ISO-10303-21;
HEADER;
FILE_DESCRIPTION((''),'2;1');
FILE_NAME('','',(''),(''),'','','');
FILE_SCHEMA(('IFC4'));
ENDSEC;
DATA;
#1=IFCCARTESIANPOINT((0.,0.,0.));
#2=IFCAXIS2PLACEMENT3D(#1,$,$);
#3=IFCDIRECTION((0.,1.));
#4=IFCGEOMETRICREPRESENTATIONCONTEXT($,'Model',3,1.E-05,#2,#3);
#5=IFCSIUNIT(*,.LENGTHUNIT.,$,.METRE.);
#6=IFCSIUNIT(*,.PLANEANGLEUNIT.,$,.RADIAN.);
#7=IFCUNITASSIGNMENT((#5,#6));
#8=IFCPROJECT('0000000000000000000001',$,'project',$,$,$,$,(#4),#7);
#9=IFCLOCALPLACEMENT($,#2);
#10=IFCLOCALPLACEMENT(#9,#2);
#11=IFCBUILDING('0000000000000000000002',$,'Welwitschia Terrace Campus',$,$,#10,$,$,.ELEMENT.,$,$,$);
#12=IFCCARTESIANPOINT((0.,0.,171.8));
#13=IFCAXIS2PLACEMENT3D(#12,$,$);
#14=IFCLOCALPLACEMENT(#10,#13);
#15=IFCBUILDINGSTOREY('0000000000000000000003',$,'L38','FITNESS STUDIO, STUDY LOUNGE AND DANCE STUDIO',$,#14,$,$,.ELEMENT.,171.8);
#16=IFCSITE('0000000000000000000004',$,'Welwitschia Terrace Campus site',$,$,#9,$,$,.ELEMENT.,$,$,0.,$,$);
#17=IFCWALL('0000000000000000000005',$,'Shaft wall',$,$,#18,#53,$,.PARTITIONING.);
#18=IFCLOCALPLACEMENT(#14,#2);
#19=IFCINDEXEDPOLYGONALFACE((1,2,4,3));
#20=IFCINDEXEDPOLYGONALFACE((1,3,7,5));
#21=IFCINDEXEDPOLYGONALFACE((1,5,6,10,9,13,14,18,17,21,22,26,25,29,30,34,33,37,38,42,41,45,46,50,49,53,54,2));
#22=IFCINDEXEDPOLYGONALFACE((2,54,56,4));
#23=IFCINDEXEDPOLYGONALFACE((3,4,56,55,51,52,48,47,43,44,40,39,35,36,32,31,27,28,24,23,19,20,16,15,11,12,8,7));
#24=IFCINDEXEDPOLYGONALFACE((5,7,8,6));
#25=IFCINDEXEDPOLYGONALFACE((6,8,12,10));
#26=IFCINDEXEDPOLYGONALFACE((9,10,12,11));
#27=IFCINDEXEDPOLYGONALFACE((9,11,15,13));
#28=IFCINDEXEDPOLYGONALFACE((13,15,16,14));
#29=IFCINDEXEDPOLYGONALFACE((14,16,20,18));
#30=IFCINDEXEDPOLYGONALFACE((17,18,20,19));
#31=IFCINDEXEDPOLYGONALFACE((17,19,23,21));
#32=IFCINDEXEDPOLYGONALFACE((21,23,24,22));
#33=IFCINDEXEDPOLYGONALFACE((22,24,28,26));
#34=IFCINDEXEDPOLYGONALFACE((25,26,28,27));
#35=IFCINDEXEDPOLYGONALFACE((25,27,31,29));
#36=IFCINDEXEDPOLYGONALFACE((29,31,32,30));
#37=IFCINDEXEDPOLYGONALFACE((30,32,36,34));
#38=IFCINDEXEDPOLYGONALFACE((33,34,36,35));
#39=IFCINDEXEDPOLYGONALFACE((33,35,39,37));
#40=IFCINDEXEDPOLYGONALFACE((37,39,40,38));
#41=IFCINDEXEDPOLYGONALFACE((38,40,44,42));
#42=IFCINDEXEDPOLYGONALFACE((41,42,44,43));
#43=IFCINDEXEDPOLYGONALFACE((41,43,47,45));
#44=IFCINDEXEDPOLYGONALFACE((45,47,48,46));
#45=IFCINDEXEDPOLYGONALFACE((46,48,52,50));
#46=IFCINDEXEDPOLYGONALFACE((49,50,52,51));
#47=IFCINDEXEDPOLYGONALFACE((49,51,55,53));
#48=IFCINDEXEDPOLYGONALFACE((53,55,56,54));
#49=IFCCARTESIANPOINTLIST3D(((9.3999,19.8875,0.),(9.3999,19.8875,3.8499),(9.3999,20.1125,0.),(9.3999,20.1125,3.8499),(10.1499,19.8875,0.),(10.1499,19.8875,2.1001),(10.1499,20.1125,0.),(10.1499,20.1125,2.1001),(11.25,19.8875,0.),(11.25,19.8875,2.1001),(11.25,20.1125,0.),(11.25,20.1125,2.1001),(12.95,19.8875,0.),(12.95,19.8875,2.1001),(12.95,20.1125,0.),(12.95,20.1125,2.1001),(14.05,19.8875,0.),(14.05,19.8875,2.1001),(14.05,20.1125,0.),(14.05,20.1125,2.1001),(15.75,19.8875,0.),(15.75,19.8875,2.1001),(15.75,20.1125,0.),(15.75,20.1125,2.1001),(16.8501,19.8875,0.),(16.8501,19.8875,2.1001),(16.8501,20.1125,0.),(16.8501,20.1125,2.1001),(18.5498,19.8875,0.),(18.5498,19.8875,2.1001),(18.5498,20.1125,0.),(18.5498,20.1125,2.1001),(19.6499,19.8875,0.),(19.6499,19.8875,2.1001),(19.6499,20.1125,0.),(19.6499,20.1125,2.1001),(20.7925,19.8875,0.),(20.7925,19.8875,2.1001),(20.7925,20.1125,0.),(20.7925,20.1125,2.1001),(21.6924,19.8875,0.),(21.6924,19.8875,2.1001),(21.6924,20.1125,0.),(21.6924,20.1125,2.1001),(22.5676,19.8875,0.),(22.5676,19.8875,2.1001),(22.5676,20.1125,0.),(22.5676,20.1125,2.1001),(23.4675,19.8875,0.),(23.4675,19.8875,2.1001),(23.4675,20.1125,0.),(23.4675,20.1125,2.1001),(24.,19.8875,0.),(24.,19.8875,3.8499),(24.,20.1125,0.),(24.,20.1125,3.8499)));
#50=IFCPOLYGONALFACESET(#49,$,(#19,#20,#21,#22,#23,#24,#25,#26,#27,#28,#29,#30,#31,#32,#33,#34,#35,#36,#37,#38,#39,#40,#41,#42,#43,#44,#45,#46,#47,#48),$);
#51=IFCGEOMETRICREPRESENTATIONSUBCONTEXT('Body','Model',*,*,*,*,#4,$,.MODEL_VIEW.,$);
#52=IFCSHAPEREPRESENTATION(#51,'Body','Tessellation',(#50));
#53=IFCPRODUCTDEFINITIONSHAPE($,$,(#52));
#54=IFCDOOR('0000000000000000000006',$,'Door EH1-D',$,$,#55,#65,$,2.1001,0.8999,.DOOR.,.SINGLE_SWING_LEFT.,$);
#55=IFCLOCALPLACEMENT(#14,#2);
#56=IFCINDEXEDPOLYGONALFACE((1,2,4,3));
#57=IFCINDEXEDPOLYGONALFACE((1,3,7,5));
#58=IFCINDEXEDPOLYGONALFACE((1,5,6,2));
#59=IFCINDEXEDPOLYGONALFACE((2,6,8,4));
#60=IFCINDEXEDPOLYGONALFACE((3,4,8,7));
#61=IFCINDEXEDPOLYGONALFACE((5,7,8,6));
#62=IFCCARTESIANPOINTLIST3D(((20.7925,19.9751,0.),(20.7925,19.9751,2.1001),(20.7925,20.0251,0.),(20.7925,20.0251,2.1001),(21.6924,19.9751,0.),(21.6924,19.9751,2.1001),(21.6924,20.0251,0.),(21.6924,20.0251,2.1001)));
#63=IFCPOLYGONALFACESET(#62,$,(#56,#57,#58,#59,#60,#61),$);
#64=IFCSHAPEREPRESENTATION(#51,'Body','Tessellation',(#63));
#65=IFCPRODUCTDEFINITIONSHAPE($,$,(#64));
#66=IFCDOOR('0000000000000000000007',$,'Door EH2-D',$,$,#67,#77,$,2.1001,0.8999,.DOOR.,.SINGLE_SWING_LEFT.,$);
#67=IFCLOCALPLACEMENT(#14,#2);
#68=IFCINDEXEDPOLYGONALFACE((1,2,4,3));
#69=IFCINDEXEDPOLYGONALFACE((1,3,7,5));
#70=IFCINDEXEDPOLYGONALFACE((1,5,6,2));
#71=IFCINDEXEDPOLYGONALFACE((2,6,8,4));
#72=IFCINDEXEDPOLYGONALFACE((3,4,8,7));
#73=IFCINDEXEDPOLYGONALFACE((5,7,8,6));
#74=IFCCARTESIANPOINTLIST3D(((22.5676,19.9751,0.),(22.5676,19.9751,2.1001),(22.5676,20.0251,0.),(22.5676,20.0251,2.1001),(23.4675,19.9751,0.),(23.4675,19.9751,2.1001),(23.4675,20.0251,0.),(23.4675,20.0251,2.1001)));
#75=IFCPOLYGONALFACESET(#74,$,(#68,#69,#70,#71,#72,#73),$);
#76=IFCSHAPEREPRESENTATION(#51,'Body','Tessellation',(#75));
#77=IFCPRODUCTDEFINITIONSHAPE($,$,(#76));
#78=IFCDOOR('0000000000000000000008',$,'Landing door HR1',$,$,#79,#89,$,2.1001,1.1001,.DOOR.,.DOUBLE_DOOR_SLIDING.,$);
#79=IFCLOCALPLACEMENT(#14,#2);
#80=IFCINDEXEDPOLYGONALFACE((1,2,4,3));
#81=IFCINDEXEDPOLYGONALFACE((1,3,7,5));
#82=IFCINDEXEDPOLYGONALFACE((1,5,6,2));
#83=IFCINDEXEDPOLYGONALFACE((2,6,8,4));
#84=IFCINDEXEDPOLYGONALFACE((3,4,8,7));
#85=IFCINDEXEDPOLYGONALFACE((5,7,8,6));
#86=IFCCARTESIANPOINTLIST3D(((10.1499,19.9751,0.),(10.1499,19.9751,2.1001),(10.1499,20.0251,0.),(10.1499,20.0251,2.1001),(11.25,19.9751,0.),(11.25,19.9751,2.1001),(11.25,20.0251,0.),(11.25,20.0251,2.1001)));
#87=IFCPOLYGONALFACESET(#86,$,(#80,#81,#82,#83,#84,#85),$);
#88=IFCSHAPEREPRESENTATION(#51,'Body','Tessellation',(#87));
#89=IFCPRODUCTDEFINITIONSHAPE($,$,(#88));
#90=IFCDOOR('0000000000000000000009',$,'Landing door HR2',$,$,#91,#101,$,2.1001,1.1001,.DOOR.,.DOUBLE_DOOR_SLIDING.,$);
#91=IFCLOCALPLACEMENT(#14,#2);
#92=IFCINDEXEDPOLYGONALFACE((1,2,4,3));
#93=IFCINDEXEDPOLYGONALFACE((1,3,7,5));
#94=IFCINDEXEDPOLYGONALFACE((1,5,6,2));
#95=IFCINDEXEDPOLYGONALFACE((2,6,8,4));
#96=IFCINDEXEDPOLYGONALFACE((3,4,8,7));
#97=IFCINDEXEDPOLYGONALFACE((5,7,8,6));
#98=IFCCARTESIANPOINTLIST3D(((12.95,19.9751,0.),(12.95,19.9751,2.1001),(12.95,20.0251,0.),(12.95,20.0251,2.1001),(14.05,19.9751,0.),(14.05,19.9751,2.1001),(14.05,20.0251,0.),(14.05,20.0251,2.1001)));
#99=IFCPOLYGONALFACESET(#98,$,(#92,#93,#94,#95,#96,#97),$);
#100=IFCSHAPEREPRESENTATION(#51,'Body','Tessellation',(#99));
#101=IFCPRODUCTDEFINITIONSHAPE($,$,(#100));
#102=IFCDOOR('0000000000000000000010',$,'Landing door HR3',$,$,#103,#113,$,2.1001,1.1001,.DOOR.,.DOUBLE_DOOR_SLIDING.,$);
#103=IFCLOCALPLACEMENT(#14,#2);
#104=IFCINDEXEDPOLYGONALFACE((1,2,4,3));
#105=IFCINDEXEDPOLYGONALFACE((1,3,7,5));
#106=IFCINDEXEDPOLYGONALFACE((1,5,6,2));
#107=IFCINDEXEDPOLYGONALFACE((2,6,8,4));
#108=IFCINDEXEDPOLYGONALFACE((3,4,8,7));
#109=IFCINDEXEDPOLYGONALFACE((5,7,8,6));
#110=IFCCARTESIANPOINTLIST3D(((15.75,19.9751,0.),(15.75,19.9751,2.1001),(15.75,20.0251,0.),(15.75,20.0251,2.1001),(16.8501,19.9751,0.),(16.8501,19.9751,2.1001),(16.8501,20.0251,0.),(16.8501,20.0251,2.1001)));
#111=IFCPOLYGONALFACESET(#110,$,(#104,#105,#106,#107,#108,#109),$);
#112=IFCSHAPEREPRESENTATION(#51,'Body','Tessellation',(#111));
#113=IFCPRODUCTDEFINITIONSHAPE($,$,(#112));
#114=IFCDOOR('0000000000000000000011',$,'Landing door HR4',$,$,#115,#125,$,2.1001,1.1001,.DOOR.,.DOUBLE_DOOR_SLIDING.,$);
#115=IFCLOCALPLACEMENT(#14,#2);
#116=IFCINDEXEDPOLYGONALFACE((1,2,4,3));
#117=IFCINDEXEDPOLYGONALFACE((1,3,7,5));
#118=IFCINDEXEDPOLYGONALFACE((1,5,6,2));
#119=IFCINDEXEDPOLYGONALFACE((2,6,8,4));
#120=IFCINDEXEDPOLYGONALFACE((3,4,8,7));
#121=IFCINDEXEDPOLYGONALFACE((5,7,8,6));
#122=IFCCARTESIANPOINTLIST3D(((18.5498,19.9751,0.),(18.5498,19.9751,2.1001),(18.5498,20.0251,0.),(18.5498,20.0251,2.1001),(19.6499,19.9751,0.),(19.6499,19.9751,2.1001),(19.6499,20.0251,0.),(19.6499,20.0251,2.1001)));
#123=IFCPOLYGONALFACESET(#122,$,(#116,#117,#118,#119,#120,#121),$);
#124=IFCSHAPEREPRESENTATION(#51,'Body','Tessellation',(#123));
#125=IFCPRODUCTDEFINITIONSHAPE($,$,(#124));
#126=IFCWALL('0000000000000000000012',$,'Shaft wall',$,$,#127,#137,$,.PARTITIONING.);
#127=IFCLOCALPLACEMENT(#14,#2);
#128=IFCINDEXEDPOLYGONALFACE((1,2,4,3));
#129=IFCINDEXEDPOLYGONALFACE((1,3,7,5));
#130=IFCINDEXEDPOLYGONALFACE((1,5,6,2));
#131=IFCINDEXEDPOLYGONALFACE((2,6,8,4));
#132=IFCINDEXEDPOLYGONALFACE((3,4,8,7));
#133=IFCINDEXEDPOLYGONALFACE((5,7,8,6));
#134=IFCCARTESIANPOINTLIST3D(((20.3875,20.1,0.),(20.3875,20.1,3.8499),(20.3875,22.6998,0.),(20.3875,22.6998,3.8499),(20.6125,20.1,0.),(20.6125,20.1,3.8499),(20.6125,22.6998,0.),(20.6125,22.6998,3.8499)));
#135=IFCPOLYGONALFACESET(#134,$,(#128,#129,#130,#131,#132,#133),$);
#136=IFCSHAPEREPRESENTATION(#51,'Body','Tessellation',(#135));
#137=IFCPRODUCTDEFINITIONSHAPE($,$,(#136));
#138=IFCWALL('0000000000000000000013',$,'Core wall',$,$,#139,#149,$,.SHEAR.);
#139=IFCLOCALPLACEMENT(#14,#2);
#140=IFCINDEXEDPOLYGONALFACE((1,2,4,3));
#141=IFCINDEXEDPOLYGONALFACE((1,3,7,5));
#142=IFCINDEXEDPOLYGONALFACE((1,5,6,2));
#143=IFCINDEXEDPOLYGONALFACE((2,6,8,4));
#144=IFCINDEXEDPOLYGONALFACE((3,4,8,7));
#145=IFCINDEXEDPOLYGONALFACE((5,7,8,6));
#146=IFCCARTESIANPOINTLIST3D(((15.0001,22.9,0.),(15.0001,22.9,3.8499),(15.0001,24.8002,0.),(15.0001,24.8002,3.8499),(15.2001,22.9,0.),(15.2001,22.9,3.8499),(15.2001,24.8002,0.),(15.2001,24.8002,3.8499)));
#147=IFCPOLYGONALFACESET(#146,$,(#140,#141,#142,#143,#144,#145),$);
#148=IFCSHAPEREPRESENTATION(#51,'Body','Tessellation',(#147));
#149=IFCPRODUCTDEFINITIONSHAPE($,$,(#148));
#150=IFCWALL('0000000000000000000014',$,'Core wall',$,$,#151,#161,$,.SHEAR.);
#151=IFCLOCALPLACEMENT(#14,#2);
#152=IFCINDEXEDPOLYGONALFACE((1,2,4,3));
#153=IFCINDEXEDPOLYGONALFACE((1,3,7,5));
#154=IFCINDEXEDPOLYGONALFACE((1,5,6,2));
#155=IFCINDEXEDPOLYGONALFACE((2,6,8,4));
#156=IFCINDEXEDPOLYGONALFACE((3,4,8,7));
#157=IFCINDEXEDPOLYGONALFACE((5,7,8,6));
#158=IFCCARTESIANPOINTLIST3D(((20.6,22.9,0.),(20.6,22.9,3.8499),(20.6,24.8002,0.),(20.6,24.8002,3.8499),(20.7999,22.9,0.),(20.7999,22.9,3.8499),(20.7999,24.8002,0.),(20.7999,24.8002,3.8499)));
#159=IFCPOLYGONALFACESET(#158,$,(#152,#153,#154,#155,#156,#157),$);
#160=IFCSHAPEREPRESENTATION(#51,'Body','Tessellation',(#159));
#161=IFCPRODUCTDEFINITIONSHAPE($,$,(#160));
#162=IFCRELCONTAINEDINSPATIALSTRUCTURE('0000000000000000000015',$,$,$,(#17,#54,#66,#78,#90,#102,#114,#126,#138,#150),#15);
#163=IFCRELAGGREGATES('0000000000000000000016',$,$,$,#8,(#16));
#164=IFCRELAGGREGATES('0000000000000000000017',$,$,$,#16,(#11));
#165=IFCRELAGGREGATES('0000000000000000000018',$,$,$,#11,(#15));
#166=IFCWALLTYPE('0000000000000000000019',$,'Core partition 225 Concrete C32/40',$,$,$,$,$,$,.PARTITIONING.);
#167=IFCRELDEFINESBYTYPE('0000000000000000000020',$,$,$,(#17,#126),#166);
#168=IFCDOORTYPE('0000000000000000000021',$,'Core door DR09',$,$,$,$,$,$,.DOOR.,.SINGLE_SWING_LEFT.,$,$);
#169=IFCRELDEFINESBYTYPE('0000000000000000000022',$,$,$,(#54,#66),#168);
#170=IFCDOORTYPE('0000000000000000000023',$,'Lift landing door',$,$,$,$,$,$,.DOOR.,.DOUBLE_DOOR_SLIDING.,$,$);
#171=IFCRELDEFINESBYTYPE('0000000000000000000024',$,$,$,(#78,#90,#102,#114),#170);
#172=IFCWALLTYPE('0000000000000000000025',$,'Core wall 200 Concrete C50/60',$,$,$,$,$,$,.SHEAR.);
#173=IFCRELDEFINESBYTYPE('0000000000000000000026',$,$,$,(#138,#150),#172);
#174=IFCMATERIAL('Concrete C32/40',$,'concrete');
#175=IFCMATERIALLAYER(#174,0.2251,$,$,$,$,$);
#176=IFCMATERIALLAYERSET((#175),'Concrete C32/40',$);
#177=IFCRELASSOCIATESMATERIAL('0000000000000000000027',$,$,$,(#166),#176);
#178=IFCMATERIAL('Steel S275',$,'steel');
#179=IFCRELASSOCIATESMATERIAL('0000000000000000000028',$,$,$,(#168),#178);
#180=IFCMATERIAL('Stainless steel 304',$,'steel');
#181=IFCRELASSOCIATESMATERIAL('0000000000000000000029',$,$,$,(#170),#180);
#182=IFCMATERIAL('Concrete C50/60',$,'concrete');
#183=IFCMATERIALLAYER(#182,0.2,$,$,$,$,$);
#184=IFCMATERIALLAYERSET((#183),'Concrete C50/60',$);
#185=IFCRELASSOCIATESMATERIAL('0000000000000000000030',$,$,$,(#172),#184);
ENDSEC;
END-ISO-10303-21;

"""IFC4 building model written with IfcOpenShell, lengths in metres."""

from ifc_helpers import new_model, si_unit, direction, frame, frame_2d, origin, place, context, subcontext, project, spatial, rectangle, extrude, material, layer, layer_set, type_object, element, fill, save


model = new_model("IFC4")

# Units and contexts
model_context = context("Model", 3, precision=1e-05, world=origin(), true_north=direction((0.0, 1.0)))
body_context = subcontext(model_context, "Body", "Model", "MODEL_VIEW")
ifc_project = project(units=[si_unit("LENGTHUNIT", "METRE"), si_unit("PLANEANGLEUNIT", "RADIAN")], contexts=[model_context])

# Site, building, storey
site_placement = place(None, origin())
site = spatial("IfcSite", under=ifc_project, at=site_placement, Name="Welwitschia Terrace Campus site", CompositionType="ELEMENT", RefElevation=0.0)
building_placement = place(site_placement, origin())
building = spatial("IfcBuilding", under=site, at=building_placement, Name="Welwitschia Terrace Campus", CompositionType="ELEMENT")
storey_placement = place(building_placement, frame((0.0, 0.0, 171.8)))
storey = spatial("IfcBuildingStorey", under=building, at=storey_placement, Name="L38", Description="FITNESS STUDIO, STUDY LOUNGE AND DANCE STUDIO", CompositionType="ELEMENT", Elevation=171.8)

# Wall, openings, doors
ifc_material_1 = material(Name="Concrete C32/40", Category="concrete")
ifc_layer_1 = layer(ifc_material_1, 0.2251)
ifc_layer_set_1 = layer_set([ifc_layer_1], Name="Concrete C32/40")
wall_type_1 = type_object("IfcWallType", Name="Core partition 225 Concrete C32/40", PredefinedType="PARTITIONING", material=ifc_layer_set_1)
wall_1_placement = place(storey_placement, frame((24.0, 20.0, 0.0), z_axis=(0.0, 0.0, 1.0), x_axis=(-1.0, 0.0, 0.0)))
wall_1 = element("IfcWall", 1, at=wall_1_placement, inside=storey, type_object=wall_type_1, Name="Shaft wall", PredefinedType="PARTITIONING", context=body_context, shape_type="SweptSolid", body=[
    extrude(rectangle(XDim=14.6001, YDim=0.2251, at=frame_2d((7.3, 0.0))), origin(), (0.0, 0.0, 1.0), 3.8499),
])
opening_1_placement = place(wall_1_placement, frame((12.75, 0.0, 0.0)))
opening_1 = element("IfcOpeningElement", 2, at=opening_1_placement, cuts=wall_1, PredefinedType="OPENING", context=body_context, shape_type="SweptSolid", body=[
    extrude(rectangle(XDim=1.1001, YDim=2.1001, at=frame_2d((0.55, 1.05))), frame((0.0, 0.1226, 0.0), z_axis=(0.0, -1.0, 0.0), x_axis=(1.0, 0.0, 0.0)), (0.0, 0.0, 1.0), 0.2451),
])
opening_2_placement = place(wall_1_placement, frame((9.95, 0.0, 0.0)))
opening_2 = element("IfcOpeningElement", 3, at=opening_2_placement, cuts=wall_1, PredefinedType="OPENING", context=body_context, shape_type="SweptSolid", body=[
    extrude(rectangle(XDim=1.1001, YDim=2.1001, at=frame_2d((0.55, 1.05))), frame((0.0, 0.1226, 0.0), z_axis=(0.0, -1.0, 0.0), x_axis=(1.0, 0.0, 0.0)), (0.0, 0.0, 1.0), 0.2451),
])
opening_3_placement = place(wall_1_placement, frame((7.1499, 0.0, 0.0)))
opening_3 = element("IfcOpeningElement", 4, at=opening_3_placement, cuts=wall_1, PredefinedType="OPENING", context=body_context, shape_type="SweptSolid", body=[
    extrude(rectangle(XDim=1.1001, YDim=2.1001, at=frame_2d((0.55, 1.05))), frame((0.0, 0.1226, 0.0), z_axis=(0.0, -1.0, 0.0), x_axis=(1.0, 0.0, 0.0)), (0.0, 0.0, 1.0), 0.2451),
])
opening_4_placement = place(wall_1_placement, frame((4.3501, 0.0, 0.0)))
opening_4 = element("IfcOpeningElement", 5, at=opening_4_placement, cuts=wall_1, PredefinedType="OPENING", context=body_context, shape_type="SweptSolid", body=[
    extrude(rectangle(XDim=1.1001, YDim=2.1001, at=frame_2d((0.55, 1.05))), frame((0.0, 0.1226, 0.0), z_axis=(0.0, -1.0, 0.0), x_axis=(1.0, 0.0, 0.0)), (0.0, 0.0, 1.0), 0.2451),
])
opening_5_placement = place(wall_1_placement, frame((2.3076, 0.0, 0.0)))
opening_5 = element("IfcOpeningElement", 6, at=opening_5_placement, cuts=wall_1, PredefinedType="OPENING", context=body_context, shape_type="SweptSolid", body=[
    extrude(rectangle(XDim=0.8999, YDim=2.1001, at=frame_2d((0.45, 1.05))), frame((0.0, 0.1226, 0.0), z_axis=(0.0, -1.0, 0.0), x_axis=(1.0, 0.0, 0.0)), (0.0, 0.0, 1.0), 0.2451),
])
opening_6_placement = place(wall_1_placement, frame((0.5325, 0.0, 0.0)))
opening_6 = element("IfcOpeningElement", 7, at=opening_6_placement, cuts=wall_1, PredefinedType="OPENING", context=body_context, shape_type="SweptSolid", body=[
    extrude(rectangle(XDim=0.8999, YDim=2.1001, at=frame_2d((0.45, 1.05))), frame((0.0, 0.1226, 0.0), z_axis=(0.0, -1.0, 0.0), x_axis=(1.0, 0.0, 0.0)), (0.0, 0.0, 1.0), 0.2451),
])
ifc_material_2 = material(Name="Steel S275", Category="steel")
door_type_1 = type_object("IfcDoorType", Name="Core door DR09", OperationType="SINGLE_SWING_LEFT", PredefinedType="DOOR", material=ifc_material_2)
door_1_placement = place(opening_5_placement, origin())
door_1 = element("IfcDoor", 8, at=door_1_placement, inside=storey, type_object=door_type_1, Name="Door EH1-D", OperationType="SINGLE_SWING_LEFT", OverallHeight=2.1001, OverallWidth=0.8999, PredefinedType="DOOR", context=body_context, shape_type="SweptSolid", body=[
    extrude(rectangle(XDim=0.8999, YDim=2.1001, at=frame_2d((0.45, 1.05))), frame((0.0, 0.0249, 0.0), z_axis=(0.0, -1.0, 0.0), x_axis=(1.0, 0.0, 0.0)), (0.0, 0.0, 1.0), 0.05),
])
fill(opening_5, door_1)
door_2_placement = place(opening_6_placement, origin())
door_2 = element("IfcDoor", 9, at=door_2_placement, inside=storey, type_object=door_type_1, Name="Door EH2-D", OperationType="SINGLE_SWING_LEFT", OverallHeight=2.1001, OverallWidth=0.8999, PredefinedType="DOOR", context=body_context, shape_type="SweptSolid", body=[
    extrude(rectangle(XDim=0.8999, YDim=2.1001, at=frame_2d((0.45, 1.05))), frame((0.0, 0.0249, 0.0), z_axis=(0.0, -1.0, 0.0), x_axis=(1.0, 0.0, 0.0)), (0.0, 0.0, 1.0), 0.05),
])
fill(opening_6, door_2)
ifc_material_3 = material(Name="Stainless steel 304", Category="steel")
door_type_2 = type_object("IfcDoorType", Name="Lift landing door", OperationType="DOUBLE_DOOR_SLIDING", PredefinedType="DOOR", material=ifc_material_3)
door_3_placement = place(opening_1_placement, origin())
door_3 = element("IfcDoor", 10, at=door_3_placement, inside=storey, type_object=door_type_2, Name="Landing door HR1", OperationType="DOUBLE_DOOR_SLIDING", OverallHeight=2.1001, OverallWidth=1.1001, PredefinedType="DOOR", context=body_context, shape_type="SweptSolid", body=[
    extrude(rectangle(XDim=1.1001, YDim=2.1001, at=frame_2d((0.55, 1.05))), frame((0.0, 0.0249, 0.0), z_axis=(0.0, -1.0, 0.0), x_axis=(1.0, 0.0, 0.0)), (0.0, 0.0, 1.0), 0.05),
])
fill(opening_1, door_3)
door_4_placement = place(opening_2_placement, origin())
door_4 = element("IfcDoor", 11, at=door_4_placement, inside=storey, type_object=door_type_2, Name="Landing door HR2", OperationType="DOUBLE_DOOR_SLIDING", OverallHeight=2.1001, OverallWidth=1.1001, PredefinedType="DOOR", context=body_context, shape_type="SweptSolid", body=[
    extrude(rectangle(XDim=1.1001, YDim=2.1001, at=frame_2d((0.55, 1.05))), frame((0.0, 0.0249, 0.0), z_axis=(0.0, -1.0, 0.0), x_axis=(1.0, 0.0, 0.0)), (0.0, 0.0, 1.0), 0.05),
])
fill(opening_2, door_4)
door_5_placement = place(opening_3_placement, origin())
door_5 = element("IfcDoor", 12, at=door_5_placement, inside=storey, type_object=door_type_2, Name="Landing door HR3", OperationType="DOUBLE_DOOR_SLIDING", OverallHeight=2.1001, OverallWidth=1.1001, PredefinedType="DOOR", context=body_context, shape_type="SweptSolid", body=[
    extrude(rectangle(XDim=1.1001, YDim=2.1001, at=frame_2d((0.55, 1.05))), frame((0.0, 0.0249, 0.0), z_axis=(0.0, -1.0, 0.0), x_axis=(1.0, 0.0, 0.0)), (0.0, 0.0, 1.0), 0.05),
])
fill(opening_3, door_5)
door_6_placement = place(opening_4_placement, origin())
door_6 = element("IfcDoor", 13, at=door_6_placement, inside=storey, type_object=door_type_2, Name="Landing door HR4", OperationType="DOUBLE_DOOR_SLIDING", OverallHeight=2.1001, OverallWidth=1.1001, PredefinedType="DOOR", context=body_context, shape_type="SweptSolid", body=[
    extrude(rectangle(XDim=1.1001, YDim=2.1001, at=frame_2d((0.55, 1.05))), frame((0.0, 0.0249, 0.0), z_axis=(0.0, -1.0, 0.0), x_axis=(1.0, 0.0, 0.0)), (0.0, 0.0, 1.0), 0.05),
])
fill(opening_4, door_6)

# Walls
wall_2_placement = place(storey_placement, frame((20.5, 20.1001, 0.0), z_axis=(0.0, 0.0, 1.0), x_axis=(0.0, 1.0, 0.0)))
element("IfcWall", 14, at=wall_2_placement, inside=storey, type_object=wall_type_1, Name="Shaft wall", PredefinedType="PARTITIONING", context=body_context, shape_type="SweptSolid", body=[
    extrude(rectangle(XDim=2.5999, YDim=0.2251, at=frame_2d((1.2998, 0.0))), origin(), (0.0, 0.0, 1.0), 3.8499),
])
ifc_material_4 = material(Name="Concrete C50/60", Category="concrete")
ifc_layer_2 = layer(ifc_material_4, 0.2)
ifc_layer_set_2 = layer_set([ifc_layer_2], Name="Concrete C50/60")
wall_type_2 = type_object("IfcWallType", Name="Core wall 200 Concrete C50/60", PredefinedType="SHEAR", material=ifc_layer_set_2)
for number, where, z_axis, x_axis, name in (
    (15, (15.1001, 22.8999, 0.0), (0.0, 0.0, 1.0), (0.0, 1.0, 0.0), "Core wall"),
    (16, (20.7, 22.8999, 0.0), (0.0, 0.0, 1.0), (0.0, 1.0, 0.0), "Core wall"),
):
    element("IfcWall", number, at=place(storey_placement, frame(where, z_axis=z_axis, x_axis=x_axis)), inside=storey, type_object=wall_type_2, Name=name, PredefinedType="SHEAR", context=body_context, shape_type="SweptSolid", body=[
        extrude(rectangle(XDim=1.9001, YDim=0.2, at=frame_2d((0.9502, 0.0))), origin(), (0.0, 0.0, 1.0), 3.8499),
    ])

save(model, "model.ifc")
